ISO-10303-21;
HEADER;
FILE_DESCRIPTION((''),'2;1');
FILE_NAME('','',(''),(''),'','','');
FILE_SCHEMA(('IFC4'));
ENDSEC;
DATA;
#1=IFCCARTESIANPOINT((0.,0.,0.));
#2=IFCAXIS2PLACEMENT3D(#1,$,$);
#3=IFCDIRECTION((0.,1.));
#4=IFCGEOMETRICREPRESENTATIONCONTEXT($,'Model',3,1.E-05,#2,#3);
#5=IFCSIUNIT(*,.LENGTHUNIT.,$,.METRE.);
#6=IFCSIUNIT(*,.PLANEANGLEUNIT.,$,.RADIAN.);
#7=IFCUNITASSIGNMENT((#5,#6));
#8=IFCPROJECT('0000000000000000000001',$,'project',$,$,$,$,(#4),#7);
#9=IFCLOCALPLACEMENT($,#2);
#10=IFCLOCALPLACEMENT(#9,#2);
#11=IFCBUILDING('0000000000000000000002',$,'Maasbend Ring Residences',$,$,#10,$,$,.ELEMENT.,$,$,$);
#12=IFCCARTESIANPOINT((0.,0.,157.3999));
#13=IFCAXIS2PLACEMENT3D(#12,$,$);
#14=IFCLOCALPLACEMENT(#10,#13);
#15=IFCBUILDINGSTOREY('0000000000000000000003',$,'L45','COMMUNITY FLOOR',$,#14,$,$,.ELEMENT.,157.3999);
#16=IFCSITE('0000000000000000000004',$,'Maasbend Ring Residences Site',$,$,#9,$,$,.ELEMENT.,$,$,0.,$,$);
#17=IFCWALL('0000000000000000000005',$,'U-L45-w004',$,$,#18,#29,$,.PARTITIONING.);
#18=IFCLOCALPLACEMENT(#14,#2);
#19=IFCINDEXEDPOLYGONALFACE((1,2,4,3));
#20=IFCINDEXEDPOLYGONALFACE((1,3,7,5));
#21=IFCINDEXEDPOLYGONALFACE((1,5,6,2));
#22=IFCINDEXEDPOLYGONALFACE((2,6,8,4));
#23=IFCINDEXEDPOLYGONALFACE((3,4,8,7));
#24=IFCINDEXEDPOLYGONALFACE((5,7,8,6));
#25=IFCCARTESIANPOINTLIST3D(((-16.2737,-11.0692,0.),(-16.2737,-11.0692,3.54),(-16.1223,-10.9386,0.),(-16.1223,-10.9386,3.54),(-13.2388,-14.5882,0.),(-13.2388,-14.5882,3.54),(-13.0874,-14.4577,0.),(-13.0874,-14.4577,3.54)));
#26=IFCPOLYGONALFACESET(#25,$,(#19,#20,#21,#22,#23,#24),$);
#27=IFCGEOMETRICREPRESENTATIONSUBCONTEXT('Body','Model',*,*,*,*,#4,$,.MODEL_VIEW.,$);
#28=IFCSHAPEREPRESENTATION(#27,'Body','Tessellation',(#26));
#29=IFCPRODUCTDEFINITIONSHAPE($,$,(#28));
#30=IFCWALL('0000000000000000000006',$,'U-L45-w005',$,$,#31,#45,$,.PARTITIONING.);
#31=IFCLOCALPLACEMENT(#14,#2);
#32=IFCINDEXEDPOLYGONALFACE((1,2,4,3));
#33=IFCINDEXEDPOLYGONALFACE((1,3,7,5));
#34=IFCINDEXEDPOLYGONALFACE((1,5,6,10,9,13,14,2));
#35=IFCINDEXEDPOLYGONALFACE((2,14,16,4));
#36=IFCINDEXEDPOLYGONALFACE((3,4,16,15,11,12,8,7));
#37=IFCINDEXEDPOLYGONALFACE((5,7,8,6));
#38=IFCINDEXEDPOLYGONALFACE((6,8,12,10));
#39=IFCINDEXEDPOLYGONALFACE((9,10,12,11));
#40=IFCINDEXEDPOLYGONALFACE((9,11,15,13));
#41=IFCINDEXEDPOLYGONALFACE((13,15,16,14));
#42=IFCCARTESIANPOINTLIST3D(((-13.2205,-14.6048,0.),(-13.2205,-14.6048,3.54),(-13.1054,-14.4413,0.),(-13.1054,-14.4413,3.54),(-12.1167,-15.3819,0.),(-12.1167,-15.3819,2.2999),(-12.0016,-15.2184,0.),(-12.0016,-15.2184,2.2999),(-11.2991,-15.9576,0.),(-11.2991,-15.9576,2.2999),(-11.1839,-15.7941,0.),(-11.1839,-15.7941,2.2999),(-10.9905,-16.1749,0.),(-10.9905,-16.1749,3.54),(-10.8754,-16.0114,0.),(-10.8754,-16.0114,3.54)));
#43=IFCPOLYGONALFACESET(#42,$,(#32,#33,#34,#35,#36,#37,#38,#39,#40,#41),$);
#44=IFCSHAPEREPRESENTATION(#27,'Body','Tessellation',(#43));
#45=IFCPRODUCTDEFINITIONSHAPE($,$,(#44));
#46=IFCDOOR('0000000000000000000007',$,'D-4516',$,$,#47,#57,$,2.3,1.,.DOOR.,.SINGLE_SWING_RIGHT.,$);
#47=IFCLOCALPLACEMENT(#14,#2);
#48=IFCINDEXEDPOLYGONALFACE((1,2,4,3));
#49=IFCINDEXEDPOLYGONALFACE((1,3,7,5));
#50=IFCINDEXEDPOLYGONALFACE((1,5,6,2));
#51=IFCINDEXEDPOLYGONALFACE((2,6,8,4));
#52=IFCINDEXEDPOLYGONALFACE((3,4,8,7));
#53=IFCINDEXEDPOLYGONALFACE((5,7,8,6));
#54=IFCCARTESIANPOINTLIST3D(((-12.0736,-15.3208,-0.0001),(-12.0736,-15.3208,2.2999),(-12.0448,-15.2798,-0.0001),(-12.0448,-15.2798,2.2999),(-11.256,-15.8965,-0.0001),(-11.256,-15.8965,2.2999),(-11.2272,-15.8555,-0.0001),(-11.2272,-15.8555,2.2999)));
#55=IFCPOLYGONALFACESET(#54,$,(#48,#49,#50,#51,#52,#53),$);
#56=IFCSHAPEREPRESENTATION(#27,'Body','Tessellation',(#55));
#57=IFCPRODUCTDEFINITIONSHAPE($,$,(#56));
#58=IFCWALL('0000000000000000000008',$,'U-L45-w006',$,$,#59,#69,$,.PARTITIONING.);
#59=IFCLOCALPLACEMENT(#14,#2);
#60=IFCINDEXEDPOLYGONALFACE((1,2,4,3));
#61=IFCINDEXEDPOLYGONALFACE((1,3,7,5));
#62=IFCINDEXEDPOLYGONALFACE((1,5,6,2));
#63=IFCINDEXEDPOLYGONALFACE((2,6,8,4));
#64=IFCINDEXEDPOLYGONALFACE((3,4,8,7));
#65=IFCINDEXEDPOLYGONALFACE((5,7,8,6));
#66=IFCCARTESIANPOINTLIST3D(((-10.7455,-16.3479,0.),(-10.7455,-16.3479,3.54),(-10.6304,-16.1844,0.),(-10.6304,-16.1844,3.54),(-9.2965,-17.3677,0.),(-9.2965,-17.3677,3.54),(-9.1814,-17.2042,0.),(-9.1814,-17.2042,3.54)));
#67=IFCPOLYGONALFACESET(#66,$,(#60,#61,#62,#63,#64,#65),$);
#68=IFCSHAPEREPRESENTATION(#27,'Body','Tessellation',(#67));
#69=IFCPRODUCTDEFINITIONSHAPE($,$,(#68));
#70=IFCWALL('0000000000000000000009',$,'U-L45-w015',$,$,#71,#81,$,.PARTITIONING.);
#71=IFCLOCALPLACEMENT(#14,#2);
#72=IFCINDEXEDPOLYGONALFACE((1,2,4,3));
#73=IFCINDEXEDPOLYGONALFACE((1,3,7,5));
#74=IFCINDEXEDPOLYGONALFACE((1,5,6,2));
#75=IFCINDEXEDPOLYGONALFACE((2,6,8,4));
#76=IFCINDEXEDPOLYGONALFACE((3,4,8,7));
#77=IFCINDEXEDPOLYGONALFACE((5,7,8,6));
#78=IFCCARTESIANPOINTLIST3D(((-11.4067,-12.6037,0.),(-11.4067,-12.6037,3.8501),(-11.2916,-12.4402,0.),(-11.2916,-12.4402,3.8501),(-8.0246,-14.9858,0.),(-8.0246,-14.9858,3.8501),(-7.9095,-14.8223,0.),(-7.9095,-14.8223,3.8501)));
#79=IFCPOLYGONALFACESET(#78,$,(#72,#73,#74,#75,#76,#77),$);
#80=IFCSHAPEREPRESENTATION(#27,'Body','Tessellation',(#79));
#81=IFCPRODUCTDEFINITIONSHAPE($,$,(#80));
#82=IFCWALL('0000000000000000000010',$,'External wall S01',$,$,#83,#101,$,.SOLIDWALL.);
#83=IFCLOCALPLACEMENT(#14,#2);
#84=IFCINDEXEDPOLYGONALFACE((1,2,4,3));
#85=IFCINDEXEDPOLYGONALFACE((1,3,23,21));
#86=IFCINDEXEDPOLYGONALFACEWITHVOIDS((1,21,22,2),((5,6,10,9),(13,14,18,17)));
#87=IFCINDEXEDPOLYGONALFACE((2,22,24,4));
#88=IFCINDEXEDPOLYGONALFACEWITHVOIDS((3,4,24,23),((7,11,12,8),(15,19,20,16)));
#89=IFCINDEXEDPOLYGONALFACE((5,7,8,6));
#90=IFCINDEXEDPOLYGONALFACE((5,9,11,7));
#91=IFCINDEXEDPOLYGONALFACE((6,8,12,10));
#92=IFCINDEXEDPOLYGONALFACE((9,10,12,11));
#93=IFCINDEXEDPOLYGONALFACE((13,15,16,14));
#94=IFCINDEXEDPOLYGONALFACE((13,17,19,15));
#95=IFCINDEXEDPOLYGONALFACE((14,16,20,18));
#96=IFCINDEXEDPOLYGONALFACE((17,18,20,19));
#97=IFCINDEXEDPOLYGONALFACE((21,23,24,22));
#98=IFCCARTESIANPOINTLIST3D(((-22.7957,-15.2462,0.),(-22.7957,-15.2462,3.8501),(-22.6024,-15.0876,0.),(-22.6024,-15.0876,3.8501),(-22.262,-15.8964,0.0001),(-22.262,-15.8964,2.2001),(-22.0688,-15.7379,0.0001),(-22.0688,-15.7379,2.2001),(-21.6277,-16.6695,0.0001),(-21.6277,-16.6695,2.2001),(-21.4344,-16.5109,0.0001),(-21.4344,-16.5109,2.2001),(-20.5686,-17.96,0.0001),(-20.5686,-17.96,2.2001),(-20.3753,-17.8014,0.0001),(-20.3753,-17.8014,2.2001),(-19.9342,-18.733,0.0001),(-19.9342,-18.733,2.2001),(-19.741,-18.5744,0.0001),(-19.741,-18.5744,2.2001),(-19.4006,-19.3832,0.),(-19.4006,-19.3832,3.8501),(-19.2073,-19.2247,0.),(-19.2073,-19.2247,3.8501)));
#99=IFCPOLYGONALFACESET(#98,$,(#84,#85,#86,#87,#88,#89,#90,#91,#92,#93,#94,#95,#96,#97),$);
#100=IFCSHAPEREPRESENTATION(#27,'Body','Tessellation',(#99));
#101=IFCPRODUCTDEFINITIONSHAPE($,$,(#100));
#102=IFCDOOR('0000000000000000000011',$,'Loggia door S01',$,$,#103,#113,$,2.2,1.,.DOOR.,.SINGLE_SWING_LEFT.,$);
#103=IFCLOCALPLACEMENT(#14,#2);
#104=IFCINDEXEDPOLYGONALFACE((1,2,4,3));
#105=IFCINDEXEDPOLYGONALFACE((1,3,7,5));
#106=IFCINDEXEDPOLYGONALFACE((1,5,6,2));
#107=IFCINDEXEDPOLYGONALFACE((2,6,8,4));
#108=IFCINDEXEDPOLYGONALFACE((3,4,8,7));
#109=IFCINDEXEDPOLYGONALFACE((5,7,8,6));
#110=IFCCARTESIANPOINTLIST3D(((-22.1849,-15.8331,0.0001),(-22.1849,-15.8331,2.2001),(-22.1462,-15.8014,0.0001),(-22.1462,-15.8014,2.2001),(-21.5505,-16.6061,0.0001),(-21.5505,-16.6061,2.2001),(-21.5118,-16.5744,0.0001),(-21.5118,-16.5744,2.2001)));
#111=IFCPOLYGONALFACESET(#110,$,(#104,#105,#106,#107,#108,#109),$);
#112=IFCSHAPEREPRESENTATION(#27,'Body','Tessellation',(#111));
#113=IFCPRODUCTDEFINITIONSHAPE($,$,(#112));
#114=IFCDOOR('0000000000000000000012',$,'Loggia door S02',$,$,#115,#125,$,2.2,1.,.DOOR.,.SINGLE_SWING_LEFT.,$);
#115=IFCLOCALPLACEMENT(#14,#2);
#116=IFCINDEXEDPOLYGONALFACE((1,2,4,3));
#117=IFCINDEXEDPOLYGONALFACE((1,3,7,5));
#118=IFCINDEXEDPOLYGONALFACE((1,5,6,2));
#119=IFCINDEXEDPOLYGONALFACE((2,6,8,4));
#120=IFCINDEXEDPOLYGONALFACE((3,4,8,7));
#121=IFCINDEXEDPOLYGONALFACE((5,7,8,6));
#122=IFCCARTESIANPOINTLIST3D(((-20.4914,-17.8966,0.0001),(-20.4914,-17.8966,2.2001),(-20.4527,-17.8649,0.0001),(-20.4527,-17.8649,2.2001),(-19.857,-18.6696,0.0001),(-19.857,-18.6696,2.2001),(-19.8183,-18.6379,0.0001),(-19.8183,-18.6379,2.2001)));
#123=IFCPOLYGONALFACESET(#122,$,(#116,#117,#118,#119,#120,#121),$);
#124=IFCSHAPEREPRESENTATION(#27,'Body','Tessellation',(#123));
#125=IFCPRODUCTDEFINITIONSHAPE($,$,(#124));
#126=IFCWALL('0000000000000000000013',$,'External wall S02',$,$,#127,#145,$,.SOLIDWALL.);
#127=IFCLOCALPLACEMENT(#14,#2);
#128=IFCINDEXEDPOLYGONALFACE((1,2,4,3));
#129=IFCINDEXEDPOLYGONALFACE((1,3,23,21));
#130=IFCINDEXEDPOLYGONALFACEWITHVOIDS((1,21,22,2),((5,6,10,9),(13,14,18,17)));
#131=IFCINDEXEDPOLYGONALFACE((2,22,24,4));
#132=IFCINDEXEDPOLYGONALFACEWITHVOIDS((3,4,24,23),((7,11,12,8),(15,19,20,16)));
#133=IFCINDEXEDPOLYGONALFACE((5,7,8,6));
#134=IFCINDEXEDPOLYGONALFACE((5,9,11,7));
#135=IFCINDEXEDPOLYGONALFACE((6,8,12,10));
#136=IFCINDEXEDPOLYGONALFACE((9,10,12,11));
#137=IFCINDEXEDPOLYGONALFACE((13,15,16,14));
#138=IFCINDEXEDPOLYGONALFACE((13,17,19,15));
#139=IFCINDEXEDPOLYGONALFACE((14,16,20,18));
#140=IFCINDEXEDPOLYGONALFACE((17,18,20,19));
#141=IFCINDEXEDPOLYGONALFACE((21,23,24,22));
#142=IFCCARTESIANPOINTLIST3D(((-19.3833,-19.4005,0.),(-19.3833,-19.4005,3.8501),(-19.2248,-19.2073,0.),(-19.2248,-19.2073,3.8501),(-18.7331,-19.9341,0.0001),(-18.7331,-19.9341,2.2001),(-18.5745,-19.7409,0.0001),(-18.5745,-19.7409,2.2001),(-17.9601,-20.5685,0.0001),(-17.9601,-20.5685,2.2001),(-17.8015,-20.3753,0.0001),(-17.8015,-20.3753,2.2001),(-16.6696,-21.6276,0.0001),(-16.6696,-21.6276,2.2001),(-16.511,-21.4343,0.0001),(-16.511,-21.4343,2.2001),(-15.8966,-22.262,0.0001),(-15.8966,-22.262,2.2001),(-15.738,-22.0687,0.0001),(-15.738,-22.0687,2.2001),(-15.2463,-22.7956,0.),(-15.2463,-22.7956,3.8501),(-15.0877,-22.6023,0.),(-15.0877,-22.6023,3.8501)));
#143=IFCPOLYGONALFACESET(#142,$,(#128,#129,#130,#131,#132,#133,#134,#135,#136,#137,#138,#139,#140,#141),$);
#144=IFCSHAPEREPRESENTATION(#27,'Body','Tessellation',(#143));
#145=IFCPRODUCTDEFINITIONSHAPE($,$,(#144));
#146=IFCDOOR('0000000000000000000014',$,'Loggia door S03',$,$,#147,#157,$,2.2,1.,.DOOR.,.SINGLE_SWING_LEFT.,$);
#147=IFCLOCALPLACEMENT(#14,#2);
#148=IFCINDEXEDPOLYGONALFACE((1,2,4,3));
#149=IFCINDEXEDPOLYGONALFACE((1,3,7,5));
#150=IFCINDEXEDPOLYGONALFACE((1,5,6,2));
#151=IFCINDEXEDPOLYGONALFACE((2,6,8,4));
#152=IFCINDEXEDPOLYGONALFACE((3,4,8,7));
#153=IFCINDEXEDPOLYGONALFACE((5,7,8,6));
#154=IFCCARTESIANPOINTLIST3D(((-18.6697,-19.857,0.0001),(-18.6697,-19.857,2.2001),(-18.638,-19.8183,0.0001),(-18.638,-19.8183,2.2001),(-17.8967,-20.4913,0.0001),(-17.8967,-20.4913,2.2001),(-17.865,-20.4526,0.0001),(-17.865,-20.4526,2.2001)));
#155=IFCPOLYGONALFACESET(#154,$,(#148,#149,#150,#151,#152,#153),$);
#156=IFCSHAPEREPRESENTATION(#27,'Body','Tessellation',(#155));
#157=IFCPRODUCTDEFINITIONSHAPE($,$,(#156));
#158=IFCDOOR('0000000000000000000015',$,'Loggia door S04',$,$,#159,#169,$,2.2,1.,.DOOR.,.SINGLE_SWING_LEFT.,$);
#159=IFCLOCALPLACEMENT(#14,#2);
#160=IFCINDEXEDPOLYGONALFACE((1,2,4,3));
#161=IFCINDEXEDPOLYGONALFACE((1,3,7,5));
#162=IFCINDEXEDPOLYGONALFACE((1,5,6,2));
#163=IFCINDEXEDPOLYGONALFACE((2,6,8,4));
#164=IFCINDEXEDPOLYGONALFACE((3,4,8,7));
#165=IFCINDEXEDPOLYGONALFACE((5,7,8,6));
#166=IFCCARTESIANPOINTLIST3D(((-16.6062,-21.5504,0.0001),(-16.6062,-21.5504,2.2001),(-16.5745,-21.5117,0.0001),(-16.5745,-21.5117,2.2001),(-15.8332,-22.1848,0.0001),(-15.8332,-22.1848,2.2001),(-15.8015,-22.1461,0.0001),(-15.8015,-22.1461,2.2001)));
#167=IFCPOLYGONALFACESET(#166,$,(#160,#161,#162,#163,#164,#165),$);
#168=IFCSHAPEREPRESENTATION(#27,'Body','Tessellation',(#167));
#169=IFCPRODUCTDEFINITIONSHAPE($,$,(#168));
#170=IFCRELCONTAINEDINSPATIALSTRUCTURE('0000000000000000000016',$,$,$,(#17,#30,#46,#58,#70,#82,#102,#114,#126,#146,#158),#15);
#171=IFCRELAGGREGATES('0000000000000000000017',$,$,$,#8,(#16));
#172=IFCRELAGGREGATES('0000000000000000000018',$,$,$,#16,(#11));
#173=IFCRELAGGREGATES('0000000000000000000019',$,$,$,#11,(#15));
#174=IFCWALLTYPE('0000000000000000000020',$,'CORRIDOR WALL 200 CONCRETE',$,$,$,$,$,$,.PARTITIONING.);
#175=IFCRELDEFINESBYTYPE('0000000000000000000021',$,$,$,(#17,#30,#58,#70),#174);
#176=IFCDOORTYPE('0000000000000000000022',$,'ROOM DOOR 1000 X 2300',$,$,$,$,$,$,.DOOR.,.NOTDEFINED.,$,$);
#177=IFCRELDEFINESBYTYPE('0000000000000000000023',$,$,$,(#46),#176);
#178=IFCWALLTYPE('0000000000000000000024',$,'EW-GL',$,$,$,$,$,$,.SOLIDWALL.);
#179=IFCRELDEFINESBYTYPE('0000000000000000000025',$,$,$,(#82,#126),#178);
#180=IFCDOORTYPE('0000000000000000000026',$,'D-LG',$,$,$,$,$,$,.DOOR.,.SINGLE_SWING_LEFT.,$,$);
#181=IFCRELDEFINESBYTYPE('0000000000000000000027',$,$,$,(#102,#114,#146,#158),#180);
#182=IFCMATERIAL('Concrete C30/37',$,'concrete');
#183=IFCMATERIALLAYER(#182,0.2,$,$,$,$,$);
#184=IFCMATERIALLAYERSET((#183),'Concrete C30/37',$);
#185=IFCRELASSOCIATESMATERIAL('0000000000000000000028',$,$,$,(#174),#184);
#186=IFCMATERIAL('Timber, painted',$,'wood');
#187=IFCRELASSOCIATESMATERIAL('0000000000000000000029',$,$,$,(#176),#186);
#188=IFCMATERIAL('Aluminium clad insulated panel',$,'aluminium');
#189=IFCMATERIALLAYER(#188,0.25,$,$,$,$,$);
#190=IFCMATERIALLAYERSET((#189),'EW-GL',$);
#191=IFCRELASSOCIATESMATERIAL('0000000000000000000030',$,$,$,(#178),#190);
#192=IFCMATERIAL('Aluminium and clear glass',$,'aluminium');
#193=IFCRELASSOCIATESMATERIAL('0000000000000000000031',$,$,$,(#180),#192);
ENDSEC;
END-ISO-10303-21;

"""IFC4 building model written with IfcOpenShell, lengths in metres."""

from ifc_helpers import new_model, si_unit, direction, frame, frame_2d, origin, place, context, subcontext, project, spatial, rectangle, extrude, material, layer, layer_set, type_object, element, fill, save


model = new_model("IFC4")

# Units and contexts
model_context = context("Model", 3, precision=1e-05, world=origin(), true_north=direction((0.0, 1.0)))
body_context = subcontext(model_context, "Body", "Model", "MODEL_VIEW")
ifc_project = project(units=[si_unit("LENGTHUNIT", "METRE"), si_unit("PLANEANGLEUNIT", "RADIAN")], contexts=[model_context])

# Site, building, storey
site_placement = place(None, origin())
site = spatial("IfcSite", under=ifc_project, at=site_placement, Name="Maasbend Ring Residences Site", CompositionType="ELEMENT", RefElevation=0.0)
building_placement = place(site_placement, origin())
building = spatial("IfcBuilding", under=site, at=building_placement, Name="Maasbend Ring Residences", CompositionType="ELEMENT")
storey_placement = place(building_placement, frame((0.0, 0.0, 157.3999)))
storey = spatial("IfcBuildingStorey", under=building, at=storey_placement, Name="L45", Description="COMMUNITY FLOOR", CompositionType="ELEMENT", Elevation=157.3999)

# Wall
ifc_material_1 = material(Name="Concrete C30/37", Category="concrete")
ifc_layer_1 = layer(ifc_material_1, 0.2)
ifc_layer_set_1 = layer_set([ifc_layer_1], Name="Concrete C30/37")
wall_type_1 = type_object("IfcWallType", Name="CORRIDOR WALL 200 CONCRETE", PredefinedType="PARTITIONING", material=ifc_layer_set_1)
wall_1_placement = place(storey_placement, frame((-16.198, -11.0039, 0.0), z_axis=(0.0, 0.0, 1.0), x_axis=(0.653094, -0.757276, 0.0)))
element("IfcWall", 1, at=wall_1_placement, inside=storey, type_object=wall_type_1, Name="U-L45-w004", PredefinedType="PARTITIONING", context=body_context, shape_type="SweptSolid", body=[
    extrude(rectangle(XDim=4.647, YDim=0.2, at=frame_2d((2.3235, 0.0))), origin(), (0.0, 0.0, 1.0), 3.54),
])

# Wall, opening, door
wall_2_placement = place(storey_placement, frame((-13.1631, -14.5229, 0.0), z_axis=(0.0, 0.0, 1.0), x_axis=(0.817664, -0.575695, 0.0)))
wall_2 = element("IfcWall", 2, at=wall_2_placement, inside=storey, type_object=wall_type_1, Name="U-L45-w005", PredefinedType="PARTITIONING", context=body_context, shape_type="SweptSolid", body=[
    extrude(rectangle(XDim=2.7273, YDim=0.2, at=frame_2d((1.3638, 0.0))), origin(), (0.0, 0.0, 1.0), 3.54),
])
opening_1_placement = place(wall_2_placement, frame((1.3501, 0.0, 0.0)))
opening_1 = element("IfcOpeningElement", 3, at=opening_1_placement, cuts=wall_2, PredefinedType="OPENING", context=body_context, shape_type="SweptSolid", body=[
    extrude(rectangle(XDim=1.0, YDim=2.3, at=frame_2d((0.5, 1.1499))), frame((0.0, 0.1099, 0.0), z_axis=(0.0, -1.0, 0.0), x_axis=(1.0, 0.0, 0.0)), (0.0, 0.0, 1.0), 0.22),
])
ifc_material_2 = material(Name="Timber, painted", Category="wood")
door_type_1 = type_object("IfcDoorType", Name="ROOM DOOR 1000 X 2300", OperationType="NOTDEFINED", PredefinedType="DOOR", material=ifc_material_2)
door_1_placement = place(opening_1_placement, origin())
door_1 = element("IfcDoor", 4, at=door_1_placement, inside=storey, type_object=door_type_1, Name="D-4516", OperationType="SINGLE_SWING_RIGHT", OverallHeight=2.3, OverallWidth=1.0, PredefinedType="DOOR", context=body_context, shape_type="SweptSolid", body=[
    extrude(rectangle(XDim=1.0, YDim=2.3, at=frame_2d((0.5, 1.1499))), frame((0.0, 0.0249, 0.0), z_axis=(0.0, -1.0, 0.0), x_axis=(1.0, 0.0, 0.0)), (0.0, 0.0, 1.0), 0.05),
])
fill(opening_1, door_1)

# Walls
wall_3_placement = place(storey_placement, frame((-10.688, -16.2661, 0.0), z_axis=(0.0, 0.0, 1.0), x_axis=(0.817773, -0.575541, 0.0)))
element("IfcWall", 5, at=wall_3_placement, inside=storey, type_object=wall_type_1, Name="U-L45-w006", PredefinedType="PARTITIONING", context=body_context, shape_type="SweptSolid", body=[
    extrude(rectangle(XDim=1.772, YDim=0.2, at=frame_2d((0.886, 0.0))), origin(), (0.0, 0.0, 1.0), 3.54),
])
wall_4_placement = place(storey_placement, frame((-11.3491, -12.522, 0.0), z_axis=(0.0, 0.0, 1.0), x_axis=(0.817568, -0.575833, 0.0)))
element("IfcWall", 6, at=wall_4_placement, inside=storey, type_object=wall_type_1, Name="U-L45-w015", PredefinedType="PARTITIONING", context=body_context, shape_type="SweptSolid", body=[
    extrude(rectangle(XDim=4.1367, YDim=0.2, at=frame_2d((2.0684, 0.0))), origin(), (0.0, 0.0, 1.0), 3.8501),
])

# Walls, openings, doors
ifc_material_3 = material(Name="Aluminium clad insulated panel", Category="aluminium")
ifc_layer_2 = layer(ifc_material_3, 0.25)
ifc_layer_set_2 = layer_set([ifc_layer_2], Name="EW-GL")
wall_type_2 = type_object("IfcWallType", Name="EW-GL", PredefinedType="SOLIDWALL", material=ifc_layer_set_2)
wall_5_placement = place(storey_placement, frame((-22.699, -15.167, 0.0), z_axis=(0.0, 0.0, 1.0), x_axis=(0.634382, -0.773019, 0.0)))
wall_5 = element("IfcWall", 7, at=wall_5_placement, inside=storey, type_object=wall_type_2, Name="External wall S01", PredefinedType="SOLIDWALL", context=body_context, shape_type="SweptSolid", body=[
    extrude(rectangle(XDim=5.3518, YDim=0.25, at=frame_2d((2.6758, 0.0))), origin(), (0.0, 0.0, 1.0), 3.8501),
])
opening_2_placement = place(wall_5_placement, frame((0.8411, 0.0, 0.0)))
opening_2 = element("IfcOpeningElement", 8, at=opening_2_placement, cuts=wall_5, PredefinedType="OPENING", context=body_context, shape_type="SweptSolid", body=[
    extrude(rectangle(XDim=1.0, YDim=2.2, at=frame_2d((0.5, 1.1001))), frame((0.0, 0.135, 0.0), z_axis=(0.0, -1.0, 0.0), x_axis=(1.0, 0.0, 0.0)), (0.0, 0.0, 1.0), 0.27),
])
opening_3_placement = place(wall_5_placement, frame((3.5105, 0.0, 0.0)))
opening_3 = element("IfcOpeningElement", 9, at=opening_3_placement, cuts=wall_5, PredefinedType="OPENING", context=body_context, shape_type="SweptSolid", body=[
    extrude(rectangle(XDim=1.0, YDim=2.2, at=frame_2d((0.5, 1.1001))), frame((0.0, 0.135, 0.0), z_axis=(0.0, -1.0, 0.0), x_axis=(1.0, 0.0, 0.0)), (0.0, 0.0, 1.0), 0.27),
])
ifc_material_4 = material(Name="Aluminium and clear glass", Category="aluminium")
door_type_2 = type_object("IfcDoorType", Name="D-LG", OperationType="SINGLE_SWING_LEFT", PredefinedType="DOOR", material=ifc_material_4)
door_2_placement = place(opening_2_placement, origin())
door_2 = element("IfcDoor", 10, at=door_2_placement, inside=storey, type_object=door_type_2, Name="Loggia door S01", OperationType="SINGLE_SWING_LEFT", OverallHeight=2.2, OverallWidth=1.0, PredefinedType="DOOR", context=body_context, shape_type="SweptSolid", body=[
    extrude(rectangle(XDim=1.0, YDim=2.2, at=frame_2d((0.5, 1.1001))), frame((0.0, 0.0249, 0.0), z_axis=(0.0, -1.0, 0.0), x_axis=(1.0, 0.0, 0.0)), (0.0, 0.0, 1.0), 0.05),
])
fill(opening_2, door_2)
door_3_placement = place(opening_3_placement, origin())
door_3 = element("IfcDoor", 11, at=door_3_placement, inside=storey, type_object=door_type_2, Name="Loggia door S02", OperationType="SINGLE_SWING_LEFT", OverallHeight=2.2, OverallWidth=1.0, PredefinedType="DOOR", context=body_context, shape_type="SweptSolid", body=[
    extrude(rectangle(XDim=1.0, YDim=2.2, at=frame_2d((0.5, 1.1001))), frame((0.0, 0.0249, 0.0), z_axis=(0.0, -1.0, 0.0), x_axis=(1.0, 0.0, 0.0)), (0.0, 0.0, 1.0), 0.05),
])
fill(opening_3, door_3)
wall_6_placement = place(storey_placement, frame((-19.304, -19.304, 0.0), z_axis=(0.0, 0.0, 1.0), x_axis=(0.773019, -0.634382, 0.0)))
wall_6 = element("IfcWall", 12, at=wall_6_placement, inside=storey, type_object=wall_type_2, Name="External wall S02", PredefinedType="SOLIDWALL", context=body_context, shape_type="SweptSolid", body=[
    extrude(rectangle(XDim=5.3518, YDim=0.25, at=frame_2d((2.6758, 0.0))), origin(), (0.0, 0.0, 1.0), 3.8501),
])
opening_4_placement = place(wall_6_placement, frame((0.8411, 0.0, 0.0)))
opening_4 = element("IfcOpeningElement", 13, at=opening_4_placement, cuts=wall_6, PredefinedType="OPENING", context=body_context, shape_type="SweptSolid", body=[
    extrude(rectangle(XDim=1.0, YDim=2.2, at=frame_2d((0.5, 1.1001))), frame((0.0, 0.135, 0.0), z_axis=(0.0, -1.0, 0.0), x_axis=(1.0, 0.0, 0.0)), (0.0, 0.0, 1.0), 0.27),
])
opening_5_placement = place(wall_6_placement, frame((3.5105, 0.0, 0.0)))
opening_5 = element("IfcOpeningElement", 14, at=opening_5_placement, cuts=wall_6, PredefinedType="OPENING", context=body_context, shape_type="SweptSolid", body=[
    extrude(rectangle(XDim=1.0, YDim=2.2, at=frame_2d((0.5, 1.1001))), frame((0.0, 0.135, 0.0), z_axis=(0.0, -1.0, 0.0), x_axis=(1.0, 0.0, 0.0)), (0.0, 0.0, 1.0), 0.27),
])
door_4_placement = place(opening_4_placement, origin())
door_4 = element("IfcDoor", 15, at=door_4_placement, inside=storey, type_object=door_type_2, Name="Loggia door S03", OperationType="SINGLE_SWING_LEFT", OverallHeight=2.2, OverallWidth=1.0, PredefinedType="DOOR", context=body_context, shape_type="SweptSolid", body=[
    extrude(rectangle(XDim=1.0, YDim=2.2, at=frame_2d((0.5, 1.1001))), frame((0.0, 0.0249, 0.0), z_axis=(0.0, -1.0, 0.0), x_axis=(1.0, 0.0, 0.0)), (0.0, 0.0, 1.0), 0.05),
])
fill(opening_4, door_4)
door_5_placement = place(opening_5_placement, origin())
door_5 = element("IfcDoor", 16, at=door_5_placement, inside=storey, type_object=door_type_2, Name="Loggia door S04", OperationType="SINGLE_SWING_LEFT", OverallHeight=2.2, OverallWidth=1.0, PredefinedType="DOOR", context=body_context, shape_type="SweptSolid", body=[
    extrude(rectangle(XDim=1.0, YDim=2.2, at=frame_2d((0.5, 1.1001))), frame((0.0, 0.0249, 0.0), z_axis=(0.0, -1.0, 0.0), x_axis=(1.0, 0.0, 0.0)), (0.0, 0.0, 1.0), 0.05),
])
fill(opening_5, door_5)

save(model, "model.ifc")
